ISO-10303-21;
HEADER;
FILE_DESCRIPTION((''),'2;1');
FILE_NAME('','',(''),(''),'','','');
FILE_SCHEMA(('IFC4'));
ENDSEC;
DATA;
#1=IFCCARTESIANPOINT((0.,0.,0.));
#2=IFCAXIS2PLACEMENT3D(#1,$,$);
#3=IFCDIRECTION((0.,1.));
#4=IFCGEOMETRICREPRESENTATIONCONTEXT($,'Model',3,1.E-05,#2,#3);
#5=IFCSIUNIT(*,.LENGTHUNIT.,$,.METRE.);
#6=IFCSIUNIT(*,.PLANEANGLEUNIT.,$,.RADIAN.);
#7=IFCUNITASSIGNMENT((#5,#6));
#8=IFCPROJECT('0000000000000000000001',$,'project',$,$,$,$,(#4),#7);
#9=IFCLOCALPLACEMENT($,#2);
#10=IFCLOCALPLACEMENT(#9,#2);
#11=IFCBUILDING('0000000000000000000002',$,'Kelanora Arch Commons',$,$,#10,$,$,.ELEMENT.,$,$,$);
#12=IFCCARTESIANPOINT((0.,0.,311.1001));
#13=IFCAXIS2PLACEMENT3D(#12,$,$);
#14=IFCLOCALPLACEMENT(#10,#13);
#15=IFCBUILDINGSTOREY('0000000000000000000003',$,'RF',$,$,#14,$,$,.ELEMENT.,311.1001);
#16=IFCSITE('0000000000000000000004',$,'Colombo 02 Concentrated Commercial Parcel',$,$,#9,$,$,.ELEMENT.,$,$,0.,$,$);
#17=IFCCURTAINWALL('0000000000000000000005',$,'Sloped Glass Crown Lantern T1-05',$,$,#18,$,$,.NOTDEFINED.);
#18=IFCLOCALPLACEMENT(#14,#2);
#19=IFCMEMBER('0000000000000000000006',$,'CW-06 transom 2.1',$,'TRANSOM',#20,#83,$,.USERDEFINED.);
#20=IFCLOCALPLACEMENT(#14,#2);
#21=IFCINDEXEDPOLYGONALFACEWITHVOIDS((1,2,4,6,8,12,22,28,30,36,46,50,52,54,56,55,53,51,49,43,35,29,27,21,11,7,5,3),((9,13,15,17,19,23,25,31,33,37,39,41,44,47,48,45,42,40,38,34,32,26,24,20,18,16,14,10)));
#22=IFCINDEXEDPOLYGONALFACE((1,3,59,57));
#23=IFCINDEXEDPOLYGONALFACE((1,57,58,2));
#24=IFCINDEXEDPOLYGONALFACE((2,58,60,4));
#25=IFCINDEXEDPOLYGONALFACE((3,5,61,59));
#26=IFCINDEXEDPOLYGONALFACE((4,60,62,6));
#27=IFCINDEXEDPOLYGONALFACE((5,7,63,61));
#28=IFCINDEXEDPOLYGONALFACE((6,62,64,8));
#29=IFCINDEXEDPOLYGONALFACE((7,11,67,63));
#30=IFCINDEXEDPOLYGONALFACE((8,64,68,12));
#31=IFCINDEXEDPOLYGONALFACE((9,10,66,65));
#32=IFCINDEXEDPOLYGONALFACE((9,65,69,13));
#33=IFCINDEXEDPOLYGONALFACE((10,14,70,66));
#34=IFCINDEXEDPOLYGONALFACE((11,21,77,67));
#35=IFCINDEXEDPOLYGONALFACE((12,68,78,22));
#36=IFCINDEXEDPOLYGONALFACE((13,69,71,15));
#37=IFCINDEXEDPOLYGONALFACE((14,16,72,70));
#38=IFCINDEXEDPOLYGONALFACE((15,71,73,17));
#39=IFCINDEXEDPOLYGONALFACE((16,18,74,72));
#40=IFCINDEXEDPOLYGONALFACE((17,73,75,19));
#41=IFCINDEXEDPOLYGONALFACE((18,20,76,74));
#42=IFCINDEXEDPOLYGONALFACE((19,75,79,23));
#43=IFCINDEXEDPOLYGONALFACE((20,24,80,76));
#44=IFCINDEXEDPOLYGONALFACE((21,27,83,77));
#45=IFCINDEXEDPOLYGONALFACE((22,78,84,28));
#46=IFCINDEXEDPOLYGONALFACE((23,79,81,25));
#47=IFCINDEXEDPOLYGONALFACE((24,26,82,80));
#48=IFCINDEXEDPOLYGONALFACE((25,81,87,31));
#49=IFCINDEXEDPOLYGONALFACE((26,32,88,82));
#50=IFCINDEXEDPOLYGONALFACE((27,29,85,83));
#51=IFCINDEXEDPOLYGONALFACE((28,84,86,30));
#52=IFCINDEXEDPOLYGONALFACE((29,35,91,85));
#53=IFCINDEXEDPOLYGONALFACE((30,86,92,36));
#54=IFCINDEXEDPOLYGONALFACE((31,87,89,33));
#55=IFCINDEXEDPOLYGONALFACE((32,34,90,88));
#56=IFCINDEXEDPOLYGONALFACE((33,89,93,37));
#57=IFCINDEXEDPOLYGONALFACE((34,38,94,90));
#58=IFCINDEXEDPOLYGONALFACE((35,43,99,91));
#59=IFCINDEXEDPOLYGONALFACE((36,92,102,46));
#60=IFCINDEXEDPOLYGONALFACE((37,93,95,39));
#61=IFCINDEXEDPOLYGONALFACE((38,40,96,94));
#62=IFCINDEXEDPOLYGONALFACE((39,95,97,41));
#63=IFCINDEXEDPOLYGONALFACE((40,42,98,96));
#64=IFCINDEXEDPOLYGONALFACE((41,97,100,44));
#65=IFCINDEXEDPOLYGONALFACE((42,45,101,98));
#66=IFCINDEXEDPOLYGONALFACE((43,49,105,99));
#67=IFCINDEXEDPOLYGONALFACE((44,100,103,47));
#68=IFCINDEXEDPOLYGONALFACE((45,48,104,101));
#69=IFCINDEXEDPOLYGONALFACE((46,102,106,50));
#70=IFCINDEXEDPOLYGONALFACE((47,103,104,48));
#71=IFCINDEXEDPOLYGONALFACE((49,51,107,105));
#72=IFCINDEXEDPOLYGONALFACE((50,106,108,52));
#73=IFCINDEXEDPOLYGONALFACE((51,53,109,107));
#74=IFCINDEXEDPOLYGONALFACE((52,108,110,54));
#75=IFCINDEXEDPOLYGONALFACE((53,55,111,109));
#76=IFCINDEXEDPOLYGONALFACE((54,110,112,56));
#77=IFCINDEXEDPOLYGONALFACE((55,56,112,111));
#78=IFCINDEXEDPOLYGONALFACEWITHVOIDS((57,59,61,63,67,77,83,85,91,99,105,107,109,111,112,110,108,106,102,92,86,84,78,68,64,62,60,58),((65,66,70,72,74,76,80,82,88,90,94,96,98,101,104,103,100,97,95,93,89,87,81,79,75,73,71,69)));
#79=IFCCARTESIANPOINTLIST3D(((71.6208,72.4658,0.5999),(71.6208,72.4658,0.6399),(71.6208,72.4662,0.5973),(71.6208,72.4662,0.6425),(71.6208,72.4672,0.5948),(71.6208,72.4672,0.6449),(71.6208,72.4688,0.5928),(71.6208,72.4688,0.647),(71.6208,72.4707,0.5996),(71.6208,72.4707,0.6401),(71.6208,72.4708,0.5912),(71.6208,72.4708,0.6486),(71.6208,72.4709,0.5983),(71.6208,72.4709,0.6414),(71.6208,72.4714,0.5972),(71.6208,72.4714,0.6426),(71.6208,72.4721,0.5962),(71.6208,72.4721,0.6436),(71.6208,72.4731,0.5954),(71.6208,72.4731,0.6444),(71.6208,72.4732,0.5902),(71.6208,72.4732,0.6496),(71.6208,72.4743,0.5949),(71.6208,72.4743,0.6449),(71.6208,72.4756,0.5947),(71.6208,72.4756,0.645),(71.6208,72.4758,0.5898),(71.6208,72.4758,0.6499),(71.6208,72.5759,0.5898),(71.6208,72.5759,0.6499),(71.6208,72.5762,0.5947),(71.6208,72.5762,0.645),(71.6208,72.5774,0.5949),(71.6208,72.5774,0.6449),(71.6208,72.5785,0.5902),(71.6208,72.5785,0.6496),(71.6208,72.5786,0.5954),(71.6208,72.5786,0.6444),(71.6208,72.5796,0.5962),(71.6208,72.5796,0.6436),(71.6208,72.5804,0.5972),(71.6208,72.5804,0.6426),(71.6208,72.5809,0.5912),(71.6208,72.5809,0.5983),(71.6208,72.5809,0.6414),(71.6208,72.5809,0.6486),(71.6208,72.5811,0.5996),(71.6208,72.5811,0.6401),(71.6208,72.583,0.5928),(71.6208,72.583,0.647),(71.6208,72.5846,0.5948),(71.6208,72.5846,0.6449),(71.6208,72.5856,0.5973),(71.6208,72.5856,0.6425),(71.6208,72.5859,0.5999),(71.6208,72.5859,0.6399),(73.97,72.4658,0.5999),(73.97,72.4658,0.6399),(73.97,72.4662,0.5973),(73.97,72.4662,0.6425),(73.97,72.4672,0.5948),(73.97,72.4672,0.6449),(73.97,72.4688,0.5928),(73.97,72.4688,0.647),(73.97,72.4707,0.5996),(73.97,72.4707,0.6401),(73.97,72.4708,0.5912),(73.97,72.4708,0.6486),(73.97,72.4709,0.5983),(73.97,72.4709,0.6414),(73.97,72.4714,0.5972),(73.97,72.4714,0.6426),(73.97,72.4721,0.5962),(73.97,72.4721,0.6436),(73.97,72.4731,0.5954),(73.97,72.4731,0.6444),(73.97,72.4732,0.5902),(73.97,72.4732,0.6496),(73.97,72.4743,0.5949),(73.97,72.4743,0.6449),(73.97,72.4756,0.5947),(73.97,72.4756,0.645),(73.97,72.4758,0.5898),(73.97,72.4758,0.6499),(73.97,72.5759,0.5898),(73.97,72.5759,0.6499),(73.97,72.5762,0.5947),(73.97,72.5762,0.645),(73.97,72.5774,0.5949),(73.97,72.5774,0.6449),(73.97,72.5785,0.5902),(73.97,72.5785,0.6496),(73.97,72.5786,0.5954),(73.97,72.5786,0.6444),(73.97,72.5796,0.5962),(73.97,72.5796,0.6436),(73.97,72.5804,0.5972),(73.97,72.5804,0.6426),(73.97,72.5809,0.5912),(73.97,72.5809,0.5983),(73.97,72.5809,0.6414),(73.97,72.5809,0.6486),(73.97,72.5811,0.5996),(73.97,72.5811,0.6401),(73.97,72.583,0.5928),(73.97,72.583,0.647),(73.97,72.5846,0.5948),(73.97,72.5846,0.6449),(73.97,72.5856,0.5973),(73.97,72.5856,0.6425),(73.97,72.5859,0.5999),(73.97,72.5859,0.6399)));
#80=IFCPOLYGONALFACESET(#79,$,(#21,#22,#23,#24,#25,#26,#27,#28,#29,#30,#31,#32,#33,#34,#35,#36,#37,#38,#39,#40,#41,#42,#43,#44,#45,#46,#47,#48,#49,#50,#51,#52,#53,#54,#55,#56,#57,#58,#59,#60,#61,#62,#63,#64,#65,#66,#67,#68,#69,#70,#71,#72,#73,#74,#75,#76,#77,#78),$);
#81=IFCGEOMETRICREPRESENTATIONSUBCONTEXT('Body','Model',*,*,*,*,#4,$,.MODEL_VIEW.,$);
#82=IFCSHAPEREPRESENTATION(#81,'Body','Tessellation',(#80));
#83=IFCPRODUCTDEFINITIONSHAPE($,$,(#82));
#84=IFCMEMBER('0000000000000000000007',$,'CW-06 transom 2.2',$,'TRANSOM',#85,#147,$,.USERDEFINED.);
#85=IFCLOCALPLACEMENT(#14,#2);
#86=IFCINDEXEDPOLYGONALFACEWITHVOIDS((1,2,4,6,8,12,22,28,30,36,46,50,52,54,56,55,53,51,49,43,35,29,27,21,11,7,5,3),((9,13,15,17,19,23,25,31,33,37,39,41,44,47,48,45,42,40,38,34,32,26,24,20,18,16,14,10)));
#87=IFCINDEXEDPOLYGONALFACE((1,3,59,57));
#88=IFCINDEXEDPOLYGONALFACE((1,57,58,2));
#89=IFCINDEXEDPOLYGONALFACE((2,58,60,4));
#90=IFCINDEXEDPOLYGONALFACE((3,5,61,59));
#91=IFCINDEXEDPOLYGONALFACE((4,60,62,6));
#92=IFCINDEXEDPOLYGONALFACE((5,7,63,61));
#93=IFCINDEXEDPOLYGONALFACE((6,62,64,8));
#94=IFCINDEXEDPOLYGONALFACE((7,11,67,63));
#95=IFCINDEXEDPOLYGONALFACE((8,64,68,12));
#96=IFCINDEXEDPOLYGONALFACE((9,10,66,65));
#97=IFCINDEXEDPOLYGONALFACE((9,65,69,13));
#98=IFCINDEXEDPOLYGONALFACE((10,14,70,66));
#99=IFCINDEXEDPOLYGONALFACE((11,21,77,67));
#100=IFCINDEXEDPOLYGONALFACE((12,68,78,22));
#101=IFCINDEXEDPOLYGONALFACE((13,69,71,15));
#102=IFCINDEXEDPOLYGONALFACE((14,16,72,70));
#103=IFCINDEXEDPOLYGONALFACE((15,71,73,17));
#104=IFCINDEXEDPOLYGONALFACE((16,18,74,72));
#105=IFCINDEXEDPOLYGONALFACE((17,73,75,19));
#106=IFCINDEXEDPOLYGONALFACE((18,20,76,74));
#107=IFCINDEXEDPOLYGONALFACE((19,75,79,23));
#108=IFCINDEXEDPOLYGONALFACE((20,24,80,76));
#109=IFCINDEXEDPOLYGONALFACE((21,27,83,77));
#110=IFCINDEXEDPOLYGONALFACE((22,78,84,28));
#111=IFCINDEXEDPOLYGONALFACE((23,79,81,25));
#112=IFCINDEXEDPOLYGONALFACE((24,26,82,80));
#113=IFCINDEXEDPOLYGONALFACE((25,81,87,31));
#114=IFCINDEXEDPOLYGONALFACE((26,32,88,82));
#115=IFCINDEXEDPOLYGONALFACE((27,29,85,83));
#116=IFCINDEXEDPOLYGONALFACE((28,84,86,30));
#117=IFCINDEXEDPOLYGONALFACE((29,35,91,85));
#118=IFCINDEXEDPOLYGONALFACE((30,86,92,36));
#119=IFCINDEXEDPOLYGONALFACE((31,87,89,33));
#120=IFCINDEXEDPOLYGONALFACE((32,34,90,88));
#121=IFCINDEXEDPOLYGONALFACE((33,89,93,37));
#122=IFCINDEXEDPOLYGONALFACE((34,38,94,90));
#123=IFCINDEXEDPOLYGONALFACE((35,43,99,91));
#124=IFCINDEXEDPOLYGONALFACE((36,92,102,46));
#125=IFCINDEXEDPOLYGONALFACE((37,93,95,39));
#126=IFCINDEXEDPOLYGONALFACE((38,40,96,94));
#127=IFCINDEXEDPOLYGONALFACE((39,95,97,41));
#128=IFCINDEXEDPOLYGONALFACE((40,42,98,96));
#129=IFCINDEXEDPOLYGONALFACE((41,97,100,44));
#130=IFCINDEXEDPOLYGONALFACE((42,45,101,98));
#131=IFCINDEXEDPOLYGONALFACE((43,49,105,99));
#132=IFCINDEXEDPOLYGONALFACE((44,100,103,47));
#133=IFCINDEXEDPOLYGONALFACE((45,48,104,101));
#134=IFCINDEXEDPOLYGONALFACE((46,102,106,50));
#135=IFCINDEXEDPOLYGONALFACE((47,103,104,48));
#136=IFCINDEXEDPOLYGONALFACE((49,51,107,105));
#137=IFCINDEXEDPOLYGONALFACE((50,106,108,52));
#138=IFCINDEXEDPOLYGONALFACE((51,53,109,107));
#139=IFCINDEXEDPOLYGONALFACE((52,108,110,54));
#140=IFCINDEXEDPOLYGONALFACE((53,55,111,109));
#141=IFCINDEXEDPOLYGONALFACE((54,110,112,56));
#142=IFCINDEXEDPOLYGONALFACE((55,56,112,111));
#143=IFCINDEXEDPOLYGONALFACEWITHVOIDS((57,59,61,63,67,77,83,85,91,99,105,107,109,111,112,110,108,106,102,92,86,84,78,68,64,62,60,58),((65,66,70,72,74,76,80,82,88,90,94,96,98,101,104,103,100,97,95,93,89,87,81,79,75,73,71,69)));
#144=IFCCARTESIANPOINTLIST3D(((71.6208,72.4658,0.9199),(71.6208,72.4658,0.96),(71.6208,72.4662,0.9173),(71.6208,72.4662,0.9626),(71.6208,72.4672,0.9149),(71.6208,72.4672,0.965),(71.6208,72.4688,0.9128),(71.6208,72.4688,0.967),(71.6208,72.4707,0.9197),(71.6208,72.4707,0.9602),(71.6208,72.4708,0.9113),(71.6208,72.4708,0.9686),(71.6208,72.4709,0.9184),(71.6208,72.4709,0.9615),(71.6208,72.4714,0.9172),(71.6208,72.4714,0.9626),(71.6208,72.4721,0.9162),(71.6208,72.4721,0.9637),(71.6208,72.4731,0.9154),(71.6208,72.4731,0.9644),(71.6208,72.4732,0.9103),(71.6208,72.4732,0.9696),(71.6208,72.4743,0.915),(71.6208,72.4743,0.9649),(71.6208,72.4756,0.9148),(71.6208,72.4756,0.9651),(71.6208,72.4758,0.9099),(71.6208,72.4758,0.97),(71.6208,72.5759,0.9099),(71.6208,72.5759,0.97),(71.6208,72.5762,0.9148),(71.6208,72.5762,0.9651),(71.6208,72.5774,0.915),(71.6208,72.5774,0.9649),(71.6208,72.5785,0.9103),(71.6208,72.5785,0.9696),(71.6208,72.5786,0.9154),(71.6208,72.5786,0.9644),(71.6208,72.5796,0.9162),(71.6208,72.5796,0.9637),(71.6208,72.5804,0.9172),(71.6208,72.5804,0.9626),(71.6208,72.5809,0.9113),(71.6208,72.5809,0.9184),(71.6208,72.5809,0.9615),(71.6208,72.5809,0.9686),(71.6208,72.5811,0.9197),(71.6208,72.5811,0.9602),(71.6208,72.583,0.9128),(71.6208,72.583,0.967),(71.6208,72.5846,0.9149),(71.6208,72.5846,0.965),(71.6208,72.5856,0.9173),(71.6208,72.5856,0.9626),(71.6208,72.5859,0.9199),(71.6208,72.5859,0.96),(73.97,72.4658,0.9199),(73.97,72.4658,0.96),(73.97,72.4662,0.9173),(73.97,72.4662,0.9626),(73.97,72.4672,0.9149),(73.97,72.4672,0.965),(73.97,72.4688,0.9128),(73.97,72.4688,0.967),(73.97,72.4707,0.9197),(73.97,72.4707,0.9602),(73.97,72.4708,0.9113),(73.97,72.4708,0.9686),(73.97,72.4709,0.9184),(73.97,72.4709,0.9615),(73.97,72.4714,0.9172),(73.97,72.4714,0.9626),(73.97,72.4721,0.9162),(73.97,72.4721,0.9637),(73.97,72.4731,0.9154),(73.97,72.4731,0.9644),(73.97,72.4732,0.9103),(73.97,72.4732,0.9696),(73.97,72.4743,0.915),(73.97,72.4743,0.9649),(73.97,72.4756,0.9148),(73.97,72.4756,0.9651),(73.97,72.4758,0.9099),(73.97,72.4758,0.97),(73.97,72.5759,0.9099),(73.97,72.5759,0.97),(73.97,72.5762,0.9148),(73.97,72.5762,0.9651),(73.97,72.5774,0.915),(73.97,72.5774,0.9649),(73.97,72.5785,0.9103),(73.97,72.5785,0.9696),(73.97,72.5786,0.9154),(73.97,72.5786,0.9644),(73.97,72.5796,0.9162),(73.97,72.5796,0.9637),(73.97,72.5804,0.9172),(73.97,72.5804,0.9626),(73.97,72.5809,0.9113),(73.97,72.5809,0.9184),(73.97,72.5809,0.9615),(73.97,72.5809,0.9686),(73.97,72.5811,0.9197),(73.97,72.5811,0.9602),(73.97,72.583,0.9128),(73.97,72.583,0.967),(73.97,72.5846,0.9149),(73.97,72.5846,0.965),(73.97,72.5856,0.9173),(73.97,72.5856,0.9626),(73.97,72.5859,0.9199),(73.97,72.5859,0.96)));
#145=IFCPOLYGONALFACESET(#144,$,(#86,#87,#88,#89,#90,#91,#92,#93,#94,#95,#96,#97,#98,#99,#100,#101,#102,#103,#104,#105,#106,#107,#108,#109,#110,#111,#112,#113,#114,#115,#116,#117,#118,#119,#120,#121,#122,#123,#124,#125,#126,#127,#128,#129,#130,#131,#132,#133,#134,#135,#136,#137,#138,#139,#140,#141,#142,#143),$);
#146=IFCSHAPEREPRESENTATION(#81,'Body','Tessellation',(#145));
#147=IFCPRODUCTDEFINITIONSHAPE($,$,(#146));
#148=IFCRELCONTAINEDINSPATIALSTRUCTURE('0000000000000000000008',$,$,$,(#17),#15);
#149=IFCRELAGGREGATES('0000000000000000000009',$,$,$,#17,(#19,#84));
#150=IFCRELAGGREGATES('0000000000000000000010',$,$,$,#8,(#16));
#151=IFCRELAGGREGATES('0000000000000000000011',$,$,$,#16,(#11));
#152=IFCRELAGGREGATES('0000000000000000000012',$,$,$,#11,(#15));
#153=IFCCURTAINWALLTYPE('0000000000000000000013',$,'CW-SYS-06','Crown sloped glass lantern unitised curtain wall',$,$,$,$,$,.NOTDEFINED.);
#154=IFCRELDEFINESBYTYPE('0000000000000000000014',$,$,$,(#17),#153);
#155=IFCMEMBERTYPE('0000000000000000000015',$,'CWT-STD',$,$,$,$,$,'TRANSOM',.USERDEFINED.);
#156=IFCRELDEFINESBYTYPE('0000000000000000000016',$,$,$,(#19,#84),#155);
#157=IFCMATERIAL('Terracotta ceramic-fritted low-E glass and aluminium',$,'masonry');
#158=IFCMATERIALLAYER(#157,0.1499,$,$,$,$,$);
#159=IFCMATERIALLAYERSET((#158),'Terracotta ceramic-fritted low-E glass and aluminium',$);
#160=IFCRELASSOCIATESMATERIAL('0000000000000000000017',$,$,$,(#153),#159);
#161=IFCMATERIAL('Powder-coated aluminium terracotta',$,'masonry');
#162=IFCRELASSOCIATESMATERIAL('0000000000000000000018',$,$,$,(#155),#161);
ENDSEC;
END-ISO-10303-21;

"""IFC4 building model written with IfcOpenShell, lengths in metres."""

from ifc_helpers import new_model, si_unit, direction, frame, origin, origin_2d, place, context, subcontext, project, spatial, hollow_rectangle, extrude, material, layer, layer_set, material_profile, profile_set, type_object, element, aggregate, save


model = new_model("IFC4")

# Units and contexts
model_context = context("Model", 3, precision=1e-05, world=origin(), true_north=direction((0.0, 1.0)))
body_context = subcontext(model_context, "Body", "Model", "MODEL_VIEW")
ifc_project = project(units=[si_unit("LENGTHUNIT", "METRE"), si_unit("PLANEANGLEUNIT", "RADIAN")], contexts=[model_context])

# Site, building, storey
site_placement = place(None, origin())
site = spatial("IfcSite", under=ifc_project, at=site_placement, Name="Colombo 02 Concentrated Commercial Parcel", CompositionType="ELEMENT", RefElevation=0.0)
building_placement = place(site_placement, origin())
building = spatial("IfcBuilding", under=site, at=building_placement, Name="Kelanora Arch Commons", CompositionType="ELEMENT")
storey_placement = place(building_placement, frame((0.0, 0.0, 311.1001)))
storey = spatial("IfcBuildingStorey", under=building, at=storey_placement, Name="RF", CompositionType="ELEMENT", Elevation=311.1001)

# Curtain wall
ifc_material_1 = material(Name="Terracotta ceramic-fritted low-E glass and aluminium", Category="masonry")
ifc_layer_1 = layer(ifc_material_1, 0.1499)
ifc_layer_set_1 = layer_set([ifc_layer_1], Name="Terracotta ceramic-fritted low-E glass and aluminium")
curtain_wall_type = type_object("IfcCurtainWallType", Name="CW-SYS-06", Description="Crown sloped glass lantern unitised curtain wall", PredefinedType="NOTDEFINED", material=ifc_layer_set_1)
curtain_wall_1_placement = place(storey_placement, origin())
curtain_wall_1 = element("IfcCurtainWall", 1, at=curtain_wall_1_placement, inside=storey, type_object=curtain_wall_type, Name="Sloped Glass Crown Lantern T1-05", PredefinedType="NOTDEFINED")
ifc_material_2 = material(Name="Powder-coated aluminium terracotta", Category="masonry")

# Members
ifc_material_profile_1 = material_profile(ifc_material_2, hollow_rectangle(XDim=0.1201, YDim=0.0601, WallThickness=0.0049, InnerFilletRadius=0.0049, OuterFilletRadius=0.01, at=origin_2d()), Name="CWT120x60")
ifc_profile_set_1 = profile_set([ifc_material_profile_1], Name="Powder-coated aluminium terracotta")
member_type_1 = type_object("IfcMemberType", Name="CWT-STD", ElementType="TRANSOM", PredefinedType="USERDEFINED", material=ifc_profile_set_1)
member_1_placement = place(storey_placement, frame((73.97, 72.5259, 0.6199), z_axis=(-1.0, 0.0, 0.0), x_axis=(0.0, -1.0, 0.0)))
member_1 = element("IfcMember", 2, at=member_1_placement, type_object=member_type_1, Name="CW-06 transom 2.1", ObjectType="TRANSOM", PredefinedType="USERDEFINED", context=body_context, shape_type="SweptSolid", body=[
    extrude(hollow_rectangle(XDim=0.1201, YDim=0.0601, WallThickness=0.0049, InnerFilletRadius=0.0049, OuterFilletRadius=0.01, at=origin_2d()), origin(), (0.0, 0.0, 1.0), 2.3491),
])
member_2_placement = place(storey_placement, frame((73.97, 72.5259, 0.9399), z_axis=(-1.0, 0.0, 0.0), x_axis=(0.0, -1.0, 0.0)))
member_2 = element("IfcMember", 3, at=member_2_placement, type_object=member_type_1, Name="CW-06 transom 2.2", ObjectType="TRANSOM", PredefinedType="USERDEFINED", context=body_context, shape_type="SweptSolid", body=[
    extrude(hollow_rectangle(XDim=0.1201, YDim=0.0601, WallThickness=0.0049, InnerFilletRadius=0.0049, OuterFilletRadius=0.01, at=origin_2d()), origin(), (0.0, 0.0, 1.0), 2.3491),
])

aggregate(curtain_wall_1, [member_1, member_2])

save(model, "model.ifc")
